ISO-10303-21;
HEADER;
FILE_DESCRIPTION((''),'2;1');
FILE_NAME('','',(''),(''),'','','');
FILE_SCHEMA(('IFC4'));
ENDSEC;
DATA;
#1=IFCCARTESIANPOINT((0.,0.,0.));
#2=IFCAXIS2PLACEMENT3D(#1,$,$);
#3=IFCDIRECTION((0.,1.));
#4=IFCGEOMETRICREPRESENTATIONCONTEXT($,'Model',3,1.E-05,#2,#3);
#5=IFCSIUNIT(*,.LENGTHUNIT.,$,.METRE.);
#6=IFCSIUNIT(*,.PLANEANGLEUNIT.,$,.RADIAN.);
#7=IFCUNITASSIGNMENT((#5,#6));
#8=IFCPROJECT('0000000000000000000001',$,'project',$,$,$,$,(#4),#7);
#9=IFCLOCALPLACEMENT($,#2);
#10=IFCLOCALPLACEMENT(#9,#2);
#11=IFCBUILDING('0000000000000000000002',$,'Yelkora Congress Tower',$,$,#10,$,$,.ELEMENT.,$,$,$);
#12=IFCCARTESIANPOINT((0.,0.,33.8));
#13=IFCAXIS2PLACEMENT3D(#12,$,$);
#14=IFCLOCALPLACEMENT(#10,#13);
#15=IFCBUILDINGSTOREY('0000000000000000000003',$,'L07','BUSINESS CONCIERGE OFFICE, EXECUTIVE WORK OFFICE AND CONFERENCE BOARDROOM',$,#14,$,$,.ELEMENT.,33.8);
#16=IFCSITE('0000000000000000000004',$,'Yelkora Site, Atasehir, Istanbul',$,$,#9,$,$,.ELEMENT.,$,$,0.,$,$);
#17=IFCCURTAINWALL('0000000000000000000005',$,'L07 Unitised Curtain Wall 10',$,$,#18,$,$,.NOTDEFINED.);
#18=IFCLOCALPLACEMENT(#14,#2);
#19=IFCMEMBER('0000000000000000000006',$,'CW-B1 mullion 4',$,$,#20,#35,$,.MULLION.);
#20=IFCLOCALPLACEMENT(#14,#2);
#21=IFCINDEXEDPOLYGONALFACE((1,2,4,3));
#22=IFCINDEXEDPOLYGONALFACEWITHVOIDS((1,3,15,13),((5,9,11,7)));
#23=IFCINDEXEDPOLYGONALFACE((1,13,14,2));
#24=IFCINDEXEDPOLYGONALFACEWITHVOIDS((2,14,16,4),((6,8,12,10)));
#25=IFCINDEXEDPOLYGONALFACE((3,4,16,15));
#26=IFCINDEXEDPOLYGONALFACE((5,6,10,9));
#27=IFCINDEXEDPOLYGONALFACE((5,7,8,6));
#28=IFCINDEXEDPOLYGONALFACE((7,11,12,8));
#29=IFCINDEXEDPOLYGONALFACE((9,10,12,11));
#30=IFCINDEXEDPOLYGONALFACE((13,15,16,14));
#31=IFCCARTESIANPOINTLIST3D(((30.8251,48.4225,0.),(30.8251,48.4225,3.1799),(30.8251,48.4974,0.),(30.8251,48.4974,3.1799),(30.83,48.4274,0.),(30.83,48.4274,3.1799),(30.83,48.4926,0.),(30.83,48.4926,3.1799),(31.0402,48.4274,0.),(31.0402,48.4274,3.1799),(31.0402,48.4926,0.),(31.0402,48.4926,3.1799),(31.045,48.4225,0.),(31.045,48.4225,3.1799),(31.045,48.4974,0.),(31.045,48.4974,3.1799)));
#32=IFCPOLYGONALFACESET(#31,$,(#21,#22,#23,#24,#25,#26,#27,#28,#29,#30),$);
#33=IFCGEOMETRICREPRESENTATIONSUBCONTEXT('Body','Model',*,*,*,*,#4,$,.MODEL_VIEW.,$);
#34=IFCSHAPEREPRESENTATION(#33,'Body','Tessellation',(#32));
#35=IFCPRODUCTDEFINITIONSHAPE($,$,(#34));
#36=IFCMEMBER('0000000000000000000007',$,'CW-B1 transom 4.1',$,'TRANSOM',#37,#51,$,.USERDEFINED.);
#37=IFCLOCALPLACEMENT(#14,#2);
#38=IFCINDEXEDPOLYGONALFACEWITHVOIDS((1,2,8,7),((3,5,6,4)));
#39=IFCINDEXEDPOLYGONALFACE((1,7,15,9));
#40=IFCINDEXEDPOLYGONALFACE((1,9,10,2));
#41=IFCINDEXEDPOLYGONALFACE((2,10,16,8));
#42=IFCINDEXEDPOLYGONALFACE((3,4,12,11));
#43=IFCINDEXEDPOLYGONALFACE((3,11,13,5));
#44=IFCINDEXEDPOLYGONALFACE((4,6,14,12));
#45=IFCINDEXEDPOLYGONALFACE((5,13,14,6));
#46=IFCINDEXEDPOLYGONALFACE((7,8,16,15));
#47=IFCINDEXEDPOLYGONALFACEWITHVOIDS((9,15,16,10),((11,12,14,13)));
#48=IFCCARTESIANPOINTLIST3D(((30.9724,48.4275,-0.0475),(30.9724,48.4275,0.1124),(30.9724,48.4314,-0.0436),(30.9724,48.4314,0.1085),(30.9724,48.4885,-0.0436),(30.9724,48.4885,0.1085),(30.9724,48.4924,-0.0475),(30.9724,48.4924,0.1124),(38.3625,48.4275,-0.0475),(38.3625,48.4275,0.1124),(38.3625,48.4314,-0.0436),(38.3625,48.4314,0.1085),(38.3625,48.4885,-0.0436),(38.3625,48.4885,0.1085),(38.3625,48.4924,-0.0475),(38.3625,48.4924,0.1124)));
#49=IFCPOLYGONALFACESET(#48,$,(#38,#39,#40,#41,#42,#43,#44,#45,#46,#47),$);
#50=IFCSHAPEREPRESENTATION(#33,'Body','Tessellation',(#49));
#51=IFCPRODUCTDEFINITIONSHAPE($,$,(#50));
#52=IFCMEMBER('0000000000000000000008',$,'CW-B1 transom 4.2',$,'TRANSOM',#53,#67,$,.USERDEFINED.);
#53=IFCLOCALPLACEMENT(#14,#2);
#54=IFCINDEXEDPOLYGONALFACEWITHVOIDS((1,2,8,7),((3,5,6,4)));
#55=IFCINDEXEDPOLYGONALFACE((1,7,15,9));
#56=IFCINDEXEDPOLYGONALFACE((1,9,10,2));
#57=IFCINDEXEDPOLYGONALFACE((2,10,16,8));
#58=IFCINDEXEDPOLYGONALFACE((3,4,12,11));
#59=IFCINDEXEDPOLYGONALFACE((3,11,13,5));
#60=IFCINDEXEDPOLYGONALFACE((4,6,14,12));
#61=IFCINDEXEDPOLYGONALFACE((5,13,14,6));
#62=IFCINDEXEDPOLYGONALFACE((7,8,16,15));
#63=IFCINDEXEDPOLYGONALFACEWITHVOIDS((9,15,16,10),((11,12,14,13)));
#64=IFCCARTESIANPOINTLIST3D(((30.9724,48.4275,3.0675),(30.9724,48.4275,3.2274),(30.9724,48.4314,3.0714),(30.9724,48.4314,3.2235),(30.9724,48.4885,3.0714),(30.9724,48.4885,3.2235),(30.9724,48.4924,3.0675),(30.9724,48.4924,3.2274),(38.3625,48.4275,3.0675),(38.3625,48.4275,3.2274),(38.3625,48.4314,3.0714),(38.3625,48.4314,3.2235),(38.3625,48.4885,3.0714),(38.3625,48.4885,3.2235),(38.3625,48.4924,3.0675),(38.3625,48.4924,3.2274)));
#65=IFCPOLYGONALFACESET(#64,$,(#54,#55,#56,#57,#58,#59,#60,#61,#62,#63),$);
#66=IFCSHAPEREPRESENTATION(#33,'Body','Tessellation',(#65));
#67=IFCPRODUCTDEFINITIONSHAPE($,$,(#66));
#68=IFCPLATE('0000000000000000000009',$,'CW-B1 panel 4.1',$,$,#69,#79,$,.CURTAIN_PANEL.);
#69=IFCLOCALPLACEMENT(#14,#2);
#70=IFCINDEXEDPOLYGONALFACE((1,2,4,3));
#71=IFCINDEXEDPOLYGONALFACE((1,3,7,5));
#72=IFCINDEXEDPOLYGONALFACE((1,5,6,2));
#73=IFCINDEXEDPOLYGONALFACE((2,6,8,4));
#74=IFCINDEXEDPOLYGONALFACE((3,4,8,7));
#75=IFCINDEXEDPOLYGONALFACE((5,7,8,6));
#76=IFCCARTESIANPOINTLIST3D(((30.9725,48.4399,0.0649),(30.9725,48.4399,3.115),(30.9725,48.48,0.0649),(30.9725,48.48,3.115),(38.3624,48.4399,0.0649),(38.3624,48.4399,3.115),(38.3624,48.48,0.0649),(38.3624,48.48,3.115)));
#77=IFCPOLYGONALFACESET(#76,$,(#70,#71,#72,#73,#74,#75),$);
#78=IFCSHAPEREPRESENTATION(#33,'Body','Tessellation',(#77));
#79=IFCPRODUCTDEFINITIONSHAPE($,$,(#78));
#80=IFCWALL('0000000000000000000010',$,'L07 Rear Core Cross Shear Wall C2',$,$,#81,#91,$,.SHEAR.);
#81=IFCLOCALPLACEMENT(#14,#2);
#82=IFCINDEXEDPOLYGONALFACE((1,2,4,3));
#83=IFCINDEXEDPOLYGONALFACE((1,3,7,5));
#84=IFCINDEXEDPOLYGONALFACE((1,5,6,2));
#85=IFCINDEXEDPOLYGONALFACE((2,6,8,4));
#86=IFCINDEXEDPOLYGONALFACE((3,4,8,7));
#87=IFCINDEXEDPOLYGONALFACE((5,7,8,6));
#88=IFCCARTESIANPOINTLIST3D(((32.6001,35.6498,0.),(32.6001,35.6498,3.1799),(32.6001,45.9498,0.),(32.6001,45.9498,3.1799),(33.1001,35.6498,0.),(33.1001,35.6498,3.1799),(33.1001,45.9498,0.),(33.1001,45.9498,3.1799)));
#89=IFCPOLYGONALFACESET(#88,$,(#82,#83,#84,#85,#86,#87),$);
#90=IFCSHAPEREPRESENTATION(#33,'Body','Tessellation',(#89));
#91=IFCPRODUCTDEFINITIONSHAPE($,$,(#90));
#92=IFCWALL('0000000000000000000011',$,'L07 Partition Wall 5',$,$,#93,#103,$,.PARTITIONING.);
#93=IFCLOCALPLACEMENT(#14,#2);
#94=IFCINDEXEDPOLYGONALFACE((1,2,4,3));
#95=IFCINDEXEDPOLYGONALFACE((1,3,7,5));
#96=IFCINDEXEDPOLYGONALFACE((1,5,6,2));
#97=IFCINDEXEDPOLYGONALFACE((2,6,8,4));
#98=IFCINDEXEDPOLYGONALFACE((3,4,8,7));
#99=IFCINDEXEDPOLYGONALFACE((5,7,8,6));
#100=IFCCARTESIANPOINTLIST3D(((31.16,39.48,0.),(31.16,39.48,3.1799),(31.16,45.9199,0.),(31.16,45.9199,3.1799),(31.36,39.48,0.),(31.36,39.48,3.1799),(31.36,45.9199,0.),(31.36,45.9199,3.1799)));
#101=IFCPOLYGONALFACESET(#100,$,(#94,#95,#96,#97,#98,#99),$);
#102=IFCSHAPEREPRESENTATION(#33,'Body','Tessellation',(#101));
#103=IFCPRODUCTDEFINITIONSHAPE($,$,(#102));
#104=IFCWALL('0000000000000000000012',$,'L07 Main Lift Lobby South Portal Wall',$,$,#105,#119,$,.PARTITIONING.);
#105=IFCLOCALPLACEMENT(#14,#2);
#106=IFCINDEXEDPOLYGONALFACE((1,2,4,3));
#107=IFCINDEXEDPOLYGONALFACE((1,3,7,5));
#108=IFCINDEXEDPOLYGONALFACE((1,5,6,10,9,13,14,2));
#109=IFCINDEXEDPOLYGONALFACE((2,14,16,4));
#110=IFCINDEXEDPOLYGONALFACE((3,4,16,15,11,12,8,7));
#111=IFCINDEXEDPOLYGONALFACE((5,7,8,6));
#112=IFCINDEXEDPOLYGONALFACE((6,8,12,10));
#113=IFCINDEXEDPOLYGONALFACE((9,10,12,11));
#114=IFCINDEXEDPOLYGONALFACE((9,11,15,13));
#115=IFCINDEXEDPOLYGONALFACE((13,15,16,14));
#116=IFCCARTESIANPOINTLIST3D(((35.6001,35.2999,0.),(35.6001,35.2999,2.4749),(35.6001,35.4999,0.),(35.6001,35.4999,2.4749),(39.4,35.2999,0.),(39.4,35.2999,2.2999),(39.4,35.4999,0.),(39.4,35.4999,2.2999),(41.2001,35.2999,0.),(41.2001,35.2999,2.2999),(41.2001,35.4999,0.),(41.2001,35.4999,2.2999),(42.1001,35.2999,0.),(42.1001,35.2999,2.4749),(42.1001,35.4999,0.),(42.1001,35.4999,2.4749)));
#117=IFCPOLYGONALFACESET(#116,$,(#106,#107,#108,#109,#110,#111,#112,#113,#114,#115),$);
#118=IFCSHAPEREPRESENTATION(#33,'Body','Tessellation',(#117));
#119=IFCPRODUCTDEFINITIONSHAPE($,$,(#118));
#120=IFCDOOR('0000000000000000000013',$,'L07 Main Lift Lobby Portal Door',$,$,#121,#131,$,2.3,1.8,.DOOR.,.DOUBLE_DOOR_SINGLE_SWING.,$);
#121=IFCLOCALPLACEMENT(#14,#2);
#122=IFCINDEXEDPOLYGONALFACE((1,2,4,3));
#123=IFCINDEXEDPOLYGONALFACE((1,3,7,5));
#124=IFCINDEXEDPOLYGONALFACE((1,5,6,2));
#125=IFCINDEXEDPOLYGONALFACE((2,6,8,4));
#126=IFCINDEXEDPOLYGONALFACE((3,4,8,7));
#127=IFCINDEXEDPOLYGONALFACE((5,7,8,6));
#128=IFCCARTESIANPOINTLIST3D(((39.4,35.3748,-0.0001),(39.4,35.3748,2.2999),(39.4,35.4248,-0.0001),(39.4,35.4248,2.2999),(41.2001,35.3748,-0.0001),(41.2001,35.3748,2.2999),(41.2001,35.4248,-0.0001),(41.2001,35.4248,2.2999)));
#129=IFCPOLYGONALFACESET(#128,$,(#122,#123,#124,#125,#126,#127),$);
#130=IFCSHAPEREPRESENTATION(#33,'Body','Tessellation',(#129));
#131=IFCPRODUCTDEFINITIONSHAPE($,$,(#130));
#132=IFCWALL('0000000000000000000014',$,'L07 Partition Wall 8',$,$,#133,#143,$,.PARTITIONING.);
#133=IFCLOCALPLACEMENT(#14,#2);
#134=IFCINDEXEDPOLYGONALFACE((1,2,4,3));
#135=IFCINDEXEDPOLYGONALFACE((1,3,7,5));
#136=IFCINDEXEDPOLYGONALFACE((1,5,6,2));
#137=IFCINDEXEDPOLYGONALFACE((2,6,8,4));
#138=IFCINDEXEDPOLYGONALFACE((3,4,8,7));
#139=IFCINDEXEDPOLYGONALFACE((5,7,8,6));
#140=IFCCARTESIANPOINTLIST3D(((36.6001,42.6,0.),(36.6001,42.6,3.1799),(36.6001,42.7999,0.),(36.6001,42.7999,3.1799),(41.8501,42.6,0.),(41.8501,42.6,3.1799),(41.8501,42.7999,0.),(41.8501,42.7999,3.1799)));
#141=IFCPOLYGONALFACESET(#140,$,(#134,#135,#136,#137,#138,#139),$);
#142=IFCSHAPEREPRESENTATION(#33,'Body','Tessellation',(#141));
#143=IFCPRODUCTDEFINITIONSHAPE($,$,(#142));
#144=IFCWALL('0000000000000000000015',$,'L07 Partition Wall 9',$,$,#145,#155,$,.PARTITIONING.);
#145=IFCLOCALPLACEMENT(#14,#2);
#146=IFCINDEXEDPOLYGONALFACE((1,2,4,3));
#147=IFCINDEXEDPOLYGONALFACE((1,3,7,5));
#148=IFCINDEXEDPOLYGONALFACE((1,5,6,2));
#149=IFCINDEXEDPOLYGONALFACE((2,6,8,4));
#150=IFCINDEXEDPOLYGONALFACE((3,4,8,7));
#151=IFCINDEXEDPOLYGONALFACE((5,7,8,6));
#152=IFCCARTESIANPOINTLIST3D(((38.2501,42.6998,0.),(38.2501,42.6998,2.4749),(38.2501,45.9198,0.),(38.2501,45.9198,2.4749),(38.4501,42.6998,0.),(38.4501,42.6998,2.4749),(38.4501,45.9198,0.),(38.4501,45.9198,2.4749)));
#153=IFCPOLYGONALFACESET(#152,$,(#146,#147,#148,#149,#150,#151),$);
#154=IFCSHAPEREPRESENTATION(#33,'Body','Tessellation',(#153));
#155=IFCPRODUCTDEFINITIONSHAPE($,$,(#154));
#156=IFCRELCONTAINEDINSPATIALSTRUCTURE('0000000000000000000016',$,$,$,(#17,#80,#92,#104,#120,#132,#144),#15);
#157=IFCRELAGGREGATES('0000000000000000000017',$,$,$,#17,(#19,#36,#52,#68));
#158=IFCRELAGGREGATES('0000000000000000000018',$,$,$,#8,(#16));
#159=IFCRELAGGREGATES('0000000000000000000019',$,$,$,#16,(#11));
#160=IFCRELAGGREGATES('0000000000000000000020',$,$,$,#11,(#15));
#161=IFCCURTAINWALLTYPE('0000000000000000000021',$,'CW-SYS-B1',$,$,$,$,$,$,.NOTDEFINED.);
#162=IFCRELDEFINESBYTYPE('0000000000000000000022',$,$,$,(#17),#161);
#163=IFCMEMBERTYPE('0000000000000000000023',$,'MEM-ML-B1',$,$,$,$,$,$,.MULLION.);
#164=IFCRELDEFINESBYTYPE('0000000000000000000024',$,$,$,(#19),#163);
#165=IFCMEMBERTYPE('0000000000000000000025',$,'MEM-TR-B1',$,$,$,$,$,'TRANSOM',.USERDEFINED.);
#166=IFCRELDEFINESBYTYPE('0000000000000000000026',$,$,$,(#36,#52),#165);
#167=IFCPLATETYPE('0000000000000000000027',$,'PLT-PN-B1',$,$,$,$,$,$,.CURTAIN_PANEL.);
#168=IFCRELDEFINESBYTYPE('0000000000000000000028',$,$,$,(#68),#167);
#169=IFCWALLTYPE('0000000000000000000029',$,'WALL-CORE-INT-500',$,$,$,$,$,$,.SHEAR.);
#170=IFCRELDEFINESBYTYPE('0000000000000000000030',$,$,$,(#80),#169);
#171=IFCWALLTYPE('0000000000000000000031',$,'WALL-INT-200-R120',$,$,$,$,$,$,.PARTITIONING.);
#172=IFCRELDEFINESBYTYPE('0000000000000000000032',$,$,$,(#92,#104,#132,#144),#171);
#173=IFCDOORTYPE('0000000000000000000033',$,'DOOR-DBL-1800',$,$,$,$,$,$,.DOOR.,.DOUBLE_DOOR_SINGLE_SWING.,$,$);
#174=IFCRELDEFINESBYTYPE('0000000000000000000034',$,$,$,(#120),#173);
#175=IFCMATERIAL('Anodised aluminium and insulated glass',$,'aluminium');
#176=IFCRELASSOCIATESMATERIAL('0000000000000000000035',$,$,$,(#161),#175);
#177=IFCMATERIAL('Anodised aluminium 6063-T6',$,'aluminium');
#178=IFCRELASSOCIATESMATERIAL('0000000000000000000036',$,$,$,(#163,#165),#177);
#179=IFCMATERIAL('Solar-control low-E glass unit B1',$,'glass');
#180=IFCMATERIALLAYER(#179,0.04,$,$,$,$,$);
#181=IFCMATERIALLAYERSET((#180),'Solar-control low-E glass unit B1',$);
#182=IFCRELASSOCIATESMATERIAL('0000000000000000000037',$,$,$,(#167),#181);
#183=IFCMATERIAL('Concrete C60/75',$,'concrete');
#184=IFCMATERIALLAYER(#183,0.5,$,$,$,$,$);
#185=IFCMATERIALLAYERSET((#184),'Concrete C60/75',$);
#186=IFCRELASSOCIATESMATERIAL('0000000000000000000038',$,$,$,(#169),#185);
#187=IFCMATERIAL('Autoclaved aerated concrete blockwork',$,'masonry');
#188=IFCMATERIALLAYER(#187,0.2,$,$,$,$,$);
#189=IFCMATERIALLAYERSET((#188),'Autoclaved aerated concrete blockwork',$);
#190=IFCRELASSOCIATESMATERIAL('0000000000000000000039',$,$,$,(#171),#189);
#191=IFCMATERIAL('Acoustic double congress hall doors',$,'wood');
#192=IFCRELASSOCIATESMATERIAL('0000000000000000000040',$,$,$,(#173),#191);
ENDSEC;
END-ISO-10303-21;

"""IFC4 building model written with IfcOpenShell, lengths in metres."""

from ifc_helpers import new_model, si_unit, direction, frame, frame_2d, origin, origin_2d, place, context, subcontext, project, spatial, rectangle, hollow_rectangle, extrude, material, layer, layer_set, material_profile, profile_set, type_object, element, fill, aggregate, save


model = new_model("IFC4")

# Units and contexts
model_context = context("Model", 3, precision=1e-05, world=origin(), true_north=direction((0.0, 1.0)))
body_context = subcontext(model_context, "Body", "Model", "MODEL_VIEW")
ifc_project = project(units=[si_unit("LENGTHUNIT", "METRE"), si_unit("PLANEANGLEUNIT", "RADIAN")], contexts=[model_context])

# Site, building, storey
site_placement = place(None, origin())
site = spatial("IfcSite", under=ifc_project, at=site_placement, Name="Yelkora Site, Atasehir, Istanbul", CompositionType="ELEMENT", RefElevation=0.0)
building_placement = place(site_placement, origin())
building = spatial("IfcBuilding", under=site, at=building_placement, Name="Yelkora Congress Tower", CompositionType="ELEMENT")
storey_placement = place(building_placement, frame((0.0, 0.0, 33.8)))
storey = spatial("IfcBuildingStorey", under=building, at=storey_placement, Name="L07", Description="BUSINESS CONCIERGE OFFICE, EXECUTIVE WORK OFFICE AND CONFERENCE BOARDROOM", CompositionType="ELEMENT", Elevation=33.8)

# Shared definitions
ifc_material_1 = material(Name="Concrete C60/75", Category="concrete")

# Curtain wall, members, plate
ifc_material_2 = material(Name="Anodised aluminium and insulated glass", Category="aluminium")
curtain_wall_type = type_object("IfcCurtainWallType", Name="CW-SYS-B1", PredefinedType="NOTDEFINED", material=ifc_material_2)
curtain_wall_placement = place(storey_placement, origin())
curtain_wall = element("IfcCurtainWall", 1, at=curtain_wall_placement, inside=storey, type_object=curtain_wall_type, Name="L07 Unitised Curtain Wall 10", PredefinedType="NOTDEFINED")
ifc_material_3 = material(Name="Anodised aluminium 6063-T6", Category="aluminium")
ifc_material_profile_1 = material_profile(ifc_material_3, hollow_rectangle(XDim=0.075, YDim=0.22, WallThickness=0.0049, at=origin_2d()), Name="ALU 75x220x5")
ifc_profile_set_1 = profile_set([ifc_material_profile_1], Name="Anodised aluminium 6063-T6")
member_type_1 = type_object("IfcMemberType", Name="MEM-ML-B1", PredefinedType="MULLION", material=ifc_profile_set_1)
member_1_placement = place(storey_placement, frame((30.9351, 48.46, 0.0), z_axis=(0.0, 0.0, 1.0), x_axis=(0.0, 1.0, 0.0)))
member_1 = element("IfcMember", 2, at=member_1_placement, type_object=member_type_1, Name="CW-B1 mullion 4", PredefinedType="MULLION", context=body_context, shape_type="SweptSolid", body=[
    extrude(hollow_rectangle(XDim=0.075, YDim=0.22, WallThickness=0.0049, at=origin_2d()), origin(), (0.0, 0.0, 1.0), 3.1799),
])
ifc_material_profile_2 = material_profile(ifc_material_3, hollow_rectangle(XDim=0.0649, YDim=0.1599, WallThickness=0.0039, at=origin_2d()), Name="ALU 65x160x4")
ifc_profile_set_2 = profile_set([ifc_material_profile_2], Name="Anodised aluminium 6063-T6")
member_type_2 = type_object("IfcMemberType", Name="MEM-TR-B1", ElementType="TRANSOM", PredefinedType="USERDEFINED", material=ifc_profile_set_2)
member_2_placement = place(storey_placement, frame((30.9724, 48.46, 0.0325), z_axis=(1.0, 0.0, 0.0), x_axis=(0.0, 1.0, 0.0)))
member_2 = element("IfcMember", 3, at=member_2_placement, type_object=member_type_2, Name="CW-B1 transom 4.1", ObjectType="TRANSOM", PredefinedType="USERDEFINED", context=body_context, shape_type="SweptSolid", body=[
    extrude(hollow_rectangle(XDim=0.0649, YDim=0.1599, WallThickness=0.0039, at=origin_2d()), origin(), (0.0, 0.0, 1.0), 7.3901),
])
member_3_placement = place(storey_placement, frame((30.9724, 48.46, 3.1475), z_axis=(1.0, 0.0, 0.0), x_axis=(0.0, 1.0, 0.0)))
member_3 = element("IfcMember", 4, at=member_3_placement, type_object=member_type_2, Name="CW-B1 transom 4.2", ObjectType="TRANSOM", PredefinedType="USERDEFINED", context=body_context, shape_type="SweptSolid", body=[
    extrude(hollow_rectangle(XDim=0.0649, YDim=0.1599, WallThickness=0.0039, at=origin_2d()), origin(), (0.0, 0.0, 1.0), 7.3901),
])
ifc_material_4 = material(Name="Solar-control low-E glass unit B1", Category="glass")
ifc_layer_1 = layer(ifc_material_4, 0.04)
ifc_layer_set_1 = layer_set([ifc_layer_1], Name="Solar-control low-E glass unit B1")
plate_type = type_object("IfcPlateType", Name="PLT-PN-B1", PredefinedType="CURTAIN_PANEL", material=ifc_layer_set_1)
plate_placement = place(storey_placement, frame((34.6675, 48.46, 0.0649), z_axis=(0.0, 0.0, 1.0), x_axis=(1.0, 0.0, 0.0)))
plate = element("IfcPlate", 5, at=plate_placement, type_object=plate_type, Name="CW-B1 panel 4.1", PredefinedType="CURTAIN_PANEL", context=body_context, shape_type="SweptSolid", body=[
    extrude(rectangle(XDim=7.3899, YDim=0.04, at=origin_2d()), origin(), (0.0, 0.0, 1.0), 3.05),
])
aggregate(curtain_wall, [member_1, member_2, member_3, plate])

# Walls
ifc_layer_2 = layer(ifc_material_1, 0.5)
ifc_layer_set_2 = layer_set([ifc_layer_2], Name="Concrete C60/75")
wall_type_1 = type_object("IfcWallType", Name="WALL-CORE-INT-500", PredefinedType="SHEAR", material=ifc_layer_set_2)
wall_1_placement = place(storey_placement, frame((32.8501, 35.6499, 0.0), z_axis=(0.0, 0.0, 1.0), x_axis=(0.0, 1.0, 0.0)))
element("IfcWall", 6, at=wall_1_placement, inside=storey, type_object=wall_type_1, Name="L07 Rear Core Cross Shear Wall C2", PredefinedType="SHEAR", context=body_context, shape_type="SweptSolid", body=[
    extrude(rectangle(XDim=10.3, YDim=0.5, at=frame_2d((5.1499, 0.0))), origin(), (0.0, 0.0, 1.0), 3.1799),
])
ifc_material_5 = material(Name="Autoclaved aerated concrete blockwork", Category="masonry")
ifc_layer_3 = layer(ifc_material_5, 0.2)
ifc_layer_set_3 = layer_set([ifc_layer_3], Name="Autoclaved aerated concrete blockwork")
wall_type_2 = type_object("IfcWallType", Name="WALL-INT-200-R120", PredefinedType="PARTITIONING", material=ifc_layer_set_3)
wall_2_placement = place(storey_placement, frame((31.26, 39.48, 0.0), z_axis=(0.0, 0.0, 1.0), x_axis=(0.0, 1.0, 0.0)))
element("IfcWall", 7, at=wall_2_placement, inside=storey, type_object=wall_type_2, Name="L07 Partition Wall 5", PredefinedType="PARTITIONING", context=body_context, shape_type="SweptSolid", body=[
    extrude(rectangle(XDim=6.4399, YDim=0.2, at=frame_2d((3.22, 0.0))), origin(), (0.0, 0.0, 1.0), 3.1799),
])

# Wall, opening, door
wall_3_placement = place(storey_placement, frame((35.6001, 35.3999, 0.0), z_axis=(0.0, 0.0, 1.0), x_axis=(1.0, 0.0, 0.0)))
wall_3 = element("IfcWall", 8, at=wall_3_placement, inside=storey, type_object=wall_type_2, Name="L07 Main Lift Lobby South Portal Wall", PredefinedType="PARTITIONING", context=body_context, shape_type="SweptSolid", body=[
    extrude(rectangle(XDim=6.5, YDim=0.2, at=frame_2d((3.25, 0.0))), origin(), (0.0, 0.0, 1.0), 2.4749),
])
opening_1_placement = place(wall_3_placement, frame((3.8, 0.0, 0.0)))
opening_1 = element("IfcOpeningElement", 9, at=opening_1_placement, cuts=wall_3, PredefinedType="OPENING", context=body_context, shape_type="SweptSolid", body=[
    extrude(rectangle(XDim=1.8, YDim=2.3, at=frame_2d((0.8999, 1.1499))), frame((0.0, 0.1099, 0.0), z_axis=(0.0, -1.0, 0.0), x_axis=(1.0, 0.0, 0.0)), (0.0, 0.0, 1.0), 0.22),
])
ifc_material_6 = material(Name="Acoustic double congress hall doors", Category="wood")
door_type_1 = type_object("IfcDoorType", Name="DOOR-DBL-1800", OperationType="DOUBLE_DOOR_SINGLE_SWING", PredefinedType="DOOR", material=ifc_material_6)
door_1_placement = place(opening_1_placement, origin())
door_1 = element("IfcDoor", 10, at=door_1_placement, inside=storey, type_object=door_type_1, Name="L07 Main Lift Lobby Portal Door", OperationType="DOUBLE_DOOR_SINGLE_SWING", OverallHeight=2.3, OverallWidth=1.8, PredefinedType="DOOR", context=body_context, shape_type="SweptSolid", body=[
    extrude(rectangle(XDim=1.8, YDim=2.3, at=frame_2d((0.8999, 1.1499))), frame((0.0, 0.0249, 0.0), z_axis=(0.0, -1.0, 0.0), x_axis=(1.0, 0.0, 0.0)), (0.0, 0.0, 1.0), 0.05),
])
fill(opening_1, door_1)

# Walls
wall_4_placement = place(storey_placement, frame((36.6001, 42.7, 0.0), z_axis=(0.0, 0.0, 1.0), x_axis=(1.0, 0.0, 0.0)))
element("IfcWall", 11, at=wall_4_placement, inside=storey, type_object=wall_type_2, Name="L07 Partition Wall 8", PredefinedType="PARTITIONING", context=body_context, shape_type="SweptSolid", body=[
    extrude(rectangle(XDim=5.25, YDim=0.2, at=frame_2d((2.625, 0.0))), origin(), (0.0, 0.0, 1.0), 3.1799),
])
wall_5_placement = place(storey_placement, frame((38.3501, 42.7, 0.0), z_axis=(0.0, 0.0, 1.0), x_axis=(0.0, 1.0, 0.0)))
element("IfcWall", 12, at=wall_5_placement, inside=storey, type_object=wall_type_2, Name="L07 Partition Wall 9", PredefinedType="PARTITIONING", context=body_context, shape_type="SweptSolid", body=[
    extrude(rectangle(XDim=3.22, YDim=0.2, at=frame_2d((1.6099, 0.0))), origin(), (0.0, 0.0, 1.0), 2.4749),
])

save(model, "model.ifc")
